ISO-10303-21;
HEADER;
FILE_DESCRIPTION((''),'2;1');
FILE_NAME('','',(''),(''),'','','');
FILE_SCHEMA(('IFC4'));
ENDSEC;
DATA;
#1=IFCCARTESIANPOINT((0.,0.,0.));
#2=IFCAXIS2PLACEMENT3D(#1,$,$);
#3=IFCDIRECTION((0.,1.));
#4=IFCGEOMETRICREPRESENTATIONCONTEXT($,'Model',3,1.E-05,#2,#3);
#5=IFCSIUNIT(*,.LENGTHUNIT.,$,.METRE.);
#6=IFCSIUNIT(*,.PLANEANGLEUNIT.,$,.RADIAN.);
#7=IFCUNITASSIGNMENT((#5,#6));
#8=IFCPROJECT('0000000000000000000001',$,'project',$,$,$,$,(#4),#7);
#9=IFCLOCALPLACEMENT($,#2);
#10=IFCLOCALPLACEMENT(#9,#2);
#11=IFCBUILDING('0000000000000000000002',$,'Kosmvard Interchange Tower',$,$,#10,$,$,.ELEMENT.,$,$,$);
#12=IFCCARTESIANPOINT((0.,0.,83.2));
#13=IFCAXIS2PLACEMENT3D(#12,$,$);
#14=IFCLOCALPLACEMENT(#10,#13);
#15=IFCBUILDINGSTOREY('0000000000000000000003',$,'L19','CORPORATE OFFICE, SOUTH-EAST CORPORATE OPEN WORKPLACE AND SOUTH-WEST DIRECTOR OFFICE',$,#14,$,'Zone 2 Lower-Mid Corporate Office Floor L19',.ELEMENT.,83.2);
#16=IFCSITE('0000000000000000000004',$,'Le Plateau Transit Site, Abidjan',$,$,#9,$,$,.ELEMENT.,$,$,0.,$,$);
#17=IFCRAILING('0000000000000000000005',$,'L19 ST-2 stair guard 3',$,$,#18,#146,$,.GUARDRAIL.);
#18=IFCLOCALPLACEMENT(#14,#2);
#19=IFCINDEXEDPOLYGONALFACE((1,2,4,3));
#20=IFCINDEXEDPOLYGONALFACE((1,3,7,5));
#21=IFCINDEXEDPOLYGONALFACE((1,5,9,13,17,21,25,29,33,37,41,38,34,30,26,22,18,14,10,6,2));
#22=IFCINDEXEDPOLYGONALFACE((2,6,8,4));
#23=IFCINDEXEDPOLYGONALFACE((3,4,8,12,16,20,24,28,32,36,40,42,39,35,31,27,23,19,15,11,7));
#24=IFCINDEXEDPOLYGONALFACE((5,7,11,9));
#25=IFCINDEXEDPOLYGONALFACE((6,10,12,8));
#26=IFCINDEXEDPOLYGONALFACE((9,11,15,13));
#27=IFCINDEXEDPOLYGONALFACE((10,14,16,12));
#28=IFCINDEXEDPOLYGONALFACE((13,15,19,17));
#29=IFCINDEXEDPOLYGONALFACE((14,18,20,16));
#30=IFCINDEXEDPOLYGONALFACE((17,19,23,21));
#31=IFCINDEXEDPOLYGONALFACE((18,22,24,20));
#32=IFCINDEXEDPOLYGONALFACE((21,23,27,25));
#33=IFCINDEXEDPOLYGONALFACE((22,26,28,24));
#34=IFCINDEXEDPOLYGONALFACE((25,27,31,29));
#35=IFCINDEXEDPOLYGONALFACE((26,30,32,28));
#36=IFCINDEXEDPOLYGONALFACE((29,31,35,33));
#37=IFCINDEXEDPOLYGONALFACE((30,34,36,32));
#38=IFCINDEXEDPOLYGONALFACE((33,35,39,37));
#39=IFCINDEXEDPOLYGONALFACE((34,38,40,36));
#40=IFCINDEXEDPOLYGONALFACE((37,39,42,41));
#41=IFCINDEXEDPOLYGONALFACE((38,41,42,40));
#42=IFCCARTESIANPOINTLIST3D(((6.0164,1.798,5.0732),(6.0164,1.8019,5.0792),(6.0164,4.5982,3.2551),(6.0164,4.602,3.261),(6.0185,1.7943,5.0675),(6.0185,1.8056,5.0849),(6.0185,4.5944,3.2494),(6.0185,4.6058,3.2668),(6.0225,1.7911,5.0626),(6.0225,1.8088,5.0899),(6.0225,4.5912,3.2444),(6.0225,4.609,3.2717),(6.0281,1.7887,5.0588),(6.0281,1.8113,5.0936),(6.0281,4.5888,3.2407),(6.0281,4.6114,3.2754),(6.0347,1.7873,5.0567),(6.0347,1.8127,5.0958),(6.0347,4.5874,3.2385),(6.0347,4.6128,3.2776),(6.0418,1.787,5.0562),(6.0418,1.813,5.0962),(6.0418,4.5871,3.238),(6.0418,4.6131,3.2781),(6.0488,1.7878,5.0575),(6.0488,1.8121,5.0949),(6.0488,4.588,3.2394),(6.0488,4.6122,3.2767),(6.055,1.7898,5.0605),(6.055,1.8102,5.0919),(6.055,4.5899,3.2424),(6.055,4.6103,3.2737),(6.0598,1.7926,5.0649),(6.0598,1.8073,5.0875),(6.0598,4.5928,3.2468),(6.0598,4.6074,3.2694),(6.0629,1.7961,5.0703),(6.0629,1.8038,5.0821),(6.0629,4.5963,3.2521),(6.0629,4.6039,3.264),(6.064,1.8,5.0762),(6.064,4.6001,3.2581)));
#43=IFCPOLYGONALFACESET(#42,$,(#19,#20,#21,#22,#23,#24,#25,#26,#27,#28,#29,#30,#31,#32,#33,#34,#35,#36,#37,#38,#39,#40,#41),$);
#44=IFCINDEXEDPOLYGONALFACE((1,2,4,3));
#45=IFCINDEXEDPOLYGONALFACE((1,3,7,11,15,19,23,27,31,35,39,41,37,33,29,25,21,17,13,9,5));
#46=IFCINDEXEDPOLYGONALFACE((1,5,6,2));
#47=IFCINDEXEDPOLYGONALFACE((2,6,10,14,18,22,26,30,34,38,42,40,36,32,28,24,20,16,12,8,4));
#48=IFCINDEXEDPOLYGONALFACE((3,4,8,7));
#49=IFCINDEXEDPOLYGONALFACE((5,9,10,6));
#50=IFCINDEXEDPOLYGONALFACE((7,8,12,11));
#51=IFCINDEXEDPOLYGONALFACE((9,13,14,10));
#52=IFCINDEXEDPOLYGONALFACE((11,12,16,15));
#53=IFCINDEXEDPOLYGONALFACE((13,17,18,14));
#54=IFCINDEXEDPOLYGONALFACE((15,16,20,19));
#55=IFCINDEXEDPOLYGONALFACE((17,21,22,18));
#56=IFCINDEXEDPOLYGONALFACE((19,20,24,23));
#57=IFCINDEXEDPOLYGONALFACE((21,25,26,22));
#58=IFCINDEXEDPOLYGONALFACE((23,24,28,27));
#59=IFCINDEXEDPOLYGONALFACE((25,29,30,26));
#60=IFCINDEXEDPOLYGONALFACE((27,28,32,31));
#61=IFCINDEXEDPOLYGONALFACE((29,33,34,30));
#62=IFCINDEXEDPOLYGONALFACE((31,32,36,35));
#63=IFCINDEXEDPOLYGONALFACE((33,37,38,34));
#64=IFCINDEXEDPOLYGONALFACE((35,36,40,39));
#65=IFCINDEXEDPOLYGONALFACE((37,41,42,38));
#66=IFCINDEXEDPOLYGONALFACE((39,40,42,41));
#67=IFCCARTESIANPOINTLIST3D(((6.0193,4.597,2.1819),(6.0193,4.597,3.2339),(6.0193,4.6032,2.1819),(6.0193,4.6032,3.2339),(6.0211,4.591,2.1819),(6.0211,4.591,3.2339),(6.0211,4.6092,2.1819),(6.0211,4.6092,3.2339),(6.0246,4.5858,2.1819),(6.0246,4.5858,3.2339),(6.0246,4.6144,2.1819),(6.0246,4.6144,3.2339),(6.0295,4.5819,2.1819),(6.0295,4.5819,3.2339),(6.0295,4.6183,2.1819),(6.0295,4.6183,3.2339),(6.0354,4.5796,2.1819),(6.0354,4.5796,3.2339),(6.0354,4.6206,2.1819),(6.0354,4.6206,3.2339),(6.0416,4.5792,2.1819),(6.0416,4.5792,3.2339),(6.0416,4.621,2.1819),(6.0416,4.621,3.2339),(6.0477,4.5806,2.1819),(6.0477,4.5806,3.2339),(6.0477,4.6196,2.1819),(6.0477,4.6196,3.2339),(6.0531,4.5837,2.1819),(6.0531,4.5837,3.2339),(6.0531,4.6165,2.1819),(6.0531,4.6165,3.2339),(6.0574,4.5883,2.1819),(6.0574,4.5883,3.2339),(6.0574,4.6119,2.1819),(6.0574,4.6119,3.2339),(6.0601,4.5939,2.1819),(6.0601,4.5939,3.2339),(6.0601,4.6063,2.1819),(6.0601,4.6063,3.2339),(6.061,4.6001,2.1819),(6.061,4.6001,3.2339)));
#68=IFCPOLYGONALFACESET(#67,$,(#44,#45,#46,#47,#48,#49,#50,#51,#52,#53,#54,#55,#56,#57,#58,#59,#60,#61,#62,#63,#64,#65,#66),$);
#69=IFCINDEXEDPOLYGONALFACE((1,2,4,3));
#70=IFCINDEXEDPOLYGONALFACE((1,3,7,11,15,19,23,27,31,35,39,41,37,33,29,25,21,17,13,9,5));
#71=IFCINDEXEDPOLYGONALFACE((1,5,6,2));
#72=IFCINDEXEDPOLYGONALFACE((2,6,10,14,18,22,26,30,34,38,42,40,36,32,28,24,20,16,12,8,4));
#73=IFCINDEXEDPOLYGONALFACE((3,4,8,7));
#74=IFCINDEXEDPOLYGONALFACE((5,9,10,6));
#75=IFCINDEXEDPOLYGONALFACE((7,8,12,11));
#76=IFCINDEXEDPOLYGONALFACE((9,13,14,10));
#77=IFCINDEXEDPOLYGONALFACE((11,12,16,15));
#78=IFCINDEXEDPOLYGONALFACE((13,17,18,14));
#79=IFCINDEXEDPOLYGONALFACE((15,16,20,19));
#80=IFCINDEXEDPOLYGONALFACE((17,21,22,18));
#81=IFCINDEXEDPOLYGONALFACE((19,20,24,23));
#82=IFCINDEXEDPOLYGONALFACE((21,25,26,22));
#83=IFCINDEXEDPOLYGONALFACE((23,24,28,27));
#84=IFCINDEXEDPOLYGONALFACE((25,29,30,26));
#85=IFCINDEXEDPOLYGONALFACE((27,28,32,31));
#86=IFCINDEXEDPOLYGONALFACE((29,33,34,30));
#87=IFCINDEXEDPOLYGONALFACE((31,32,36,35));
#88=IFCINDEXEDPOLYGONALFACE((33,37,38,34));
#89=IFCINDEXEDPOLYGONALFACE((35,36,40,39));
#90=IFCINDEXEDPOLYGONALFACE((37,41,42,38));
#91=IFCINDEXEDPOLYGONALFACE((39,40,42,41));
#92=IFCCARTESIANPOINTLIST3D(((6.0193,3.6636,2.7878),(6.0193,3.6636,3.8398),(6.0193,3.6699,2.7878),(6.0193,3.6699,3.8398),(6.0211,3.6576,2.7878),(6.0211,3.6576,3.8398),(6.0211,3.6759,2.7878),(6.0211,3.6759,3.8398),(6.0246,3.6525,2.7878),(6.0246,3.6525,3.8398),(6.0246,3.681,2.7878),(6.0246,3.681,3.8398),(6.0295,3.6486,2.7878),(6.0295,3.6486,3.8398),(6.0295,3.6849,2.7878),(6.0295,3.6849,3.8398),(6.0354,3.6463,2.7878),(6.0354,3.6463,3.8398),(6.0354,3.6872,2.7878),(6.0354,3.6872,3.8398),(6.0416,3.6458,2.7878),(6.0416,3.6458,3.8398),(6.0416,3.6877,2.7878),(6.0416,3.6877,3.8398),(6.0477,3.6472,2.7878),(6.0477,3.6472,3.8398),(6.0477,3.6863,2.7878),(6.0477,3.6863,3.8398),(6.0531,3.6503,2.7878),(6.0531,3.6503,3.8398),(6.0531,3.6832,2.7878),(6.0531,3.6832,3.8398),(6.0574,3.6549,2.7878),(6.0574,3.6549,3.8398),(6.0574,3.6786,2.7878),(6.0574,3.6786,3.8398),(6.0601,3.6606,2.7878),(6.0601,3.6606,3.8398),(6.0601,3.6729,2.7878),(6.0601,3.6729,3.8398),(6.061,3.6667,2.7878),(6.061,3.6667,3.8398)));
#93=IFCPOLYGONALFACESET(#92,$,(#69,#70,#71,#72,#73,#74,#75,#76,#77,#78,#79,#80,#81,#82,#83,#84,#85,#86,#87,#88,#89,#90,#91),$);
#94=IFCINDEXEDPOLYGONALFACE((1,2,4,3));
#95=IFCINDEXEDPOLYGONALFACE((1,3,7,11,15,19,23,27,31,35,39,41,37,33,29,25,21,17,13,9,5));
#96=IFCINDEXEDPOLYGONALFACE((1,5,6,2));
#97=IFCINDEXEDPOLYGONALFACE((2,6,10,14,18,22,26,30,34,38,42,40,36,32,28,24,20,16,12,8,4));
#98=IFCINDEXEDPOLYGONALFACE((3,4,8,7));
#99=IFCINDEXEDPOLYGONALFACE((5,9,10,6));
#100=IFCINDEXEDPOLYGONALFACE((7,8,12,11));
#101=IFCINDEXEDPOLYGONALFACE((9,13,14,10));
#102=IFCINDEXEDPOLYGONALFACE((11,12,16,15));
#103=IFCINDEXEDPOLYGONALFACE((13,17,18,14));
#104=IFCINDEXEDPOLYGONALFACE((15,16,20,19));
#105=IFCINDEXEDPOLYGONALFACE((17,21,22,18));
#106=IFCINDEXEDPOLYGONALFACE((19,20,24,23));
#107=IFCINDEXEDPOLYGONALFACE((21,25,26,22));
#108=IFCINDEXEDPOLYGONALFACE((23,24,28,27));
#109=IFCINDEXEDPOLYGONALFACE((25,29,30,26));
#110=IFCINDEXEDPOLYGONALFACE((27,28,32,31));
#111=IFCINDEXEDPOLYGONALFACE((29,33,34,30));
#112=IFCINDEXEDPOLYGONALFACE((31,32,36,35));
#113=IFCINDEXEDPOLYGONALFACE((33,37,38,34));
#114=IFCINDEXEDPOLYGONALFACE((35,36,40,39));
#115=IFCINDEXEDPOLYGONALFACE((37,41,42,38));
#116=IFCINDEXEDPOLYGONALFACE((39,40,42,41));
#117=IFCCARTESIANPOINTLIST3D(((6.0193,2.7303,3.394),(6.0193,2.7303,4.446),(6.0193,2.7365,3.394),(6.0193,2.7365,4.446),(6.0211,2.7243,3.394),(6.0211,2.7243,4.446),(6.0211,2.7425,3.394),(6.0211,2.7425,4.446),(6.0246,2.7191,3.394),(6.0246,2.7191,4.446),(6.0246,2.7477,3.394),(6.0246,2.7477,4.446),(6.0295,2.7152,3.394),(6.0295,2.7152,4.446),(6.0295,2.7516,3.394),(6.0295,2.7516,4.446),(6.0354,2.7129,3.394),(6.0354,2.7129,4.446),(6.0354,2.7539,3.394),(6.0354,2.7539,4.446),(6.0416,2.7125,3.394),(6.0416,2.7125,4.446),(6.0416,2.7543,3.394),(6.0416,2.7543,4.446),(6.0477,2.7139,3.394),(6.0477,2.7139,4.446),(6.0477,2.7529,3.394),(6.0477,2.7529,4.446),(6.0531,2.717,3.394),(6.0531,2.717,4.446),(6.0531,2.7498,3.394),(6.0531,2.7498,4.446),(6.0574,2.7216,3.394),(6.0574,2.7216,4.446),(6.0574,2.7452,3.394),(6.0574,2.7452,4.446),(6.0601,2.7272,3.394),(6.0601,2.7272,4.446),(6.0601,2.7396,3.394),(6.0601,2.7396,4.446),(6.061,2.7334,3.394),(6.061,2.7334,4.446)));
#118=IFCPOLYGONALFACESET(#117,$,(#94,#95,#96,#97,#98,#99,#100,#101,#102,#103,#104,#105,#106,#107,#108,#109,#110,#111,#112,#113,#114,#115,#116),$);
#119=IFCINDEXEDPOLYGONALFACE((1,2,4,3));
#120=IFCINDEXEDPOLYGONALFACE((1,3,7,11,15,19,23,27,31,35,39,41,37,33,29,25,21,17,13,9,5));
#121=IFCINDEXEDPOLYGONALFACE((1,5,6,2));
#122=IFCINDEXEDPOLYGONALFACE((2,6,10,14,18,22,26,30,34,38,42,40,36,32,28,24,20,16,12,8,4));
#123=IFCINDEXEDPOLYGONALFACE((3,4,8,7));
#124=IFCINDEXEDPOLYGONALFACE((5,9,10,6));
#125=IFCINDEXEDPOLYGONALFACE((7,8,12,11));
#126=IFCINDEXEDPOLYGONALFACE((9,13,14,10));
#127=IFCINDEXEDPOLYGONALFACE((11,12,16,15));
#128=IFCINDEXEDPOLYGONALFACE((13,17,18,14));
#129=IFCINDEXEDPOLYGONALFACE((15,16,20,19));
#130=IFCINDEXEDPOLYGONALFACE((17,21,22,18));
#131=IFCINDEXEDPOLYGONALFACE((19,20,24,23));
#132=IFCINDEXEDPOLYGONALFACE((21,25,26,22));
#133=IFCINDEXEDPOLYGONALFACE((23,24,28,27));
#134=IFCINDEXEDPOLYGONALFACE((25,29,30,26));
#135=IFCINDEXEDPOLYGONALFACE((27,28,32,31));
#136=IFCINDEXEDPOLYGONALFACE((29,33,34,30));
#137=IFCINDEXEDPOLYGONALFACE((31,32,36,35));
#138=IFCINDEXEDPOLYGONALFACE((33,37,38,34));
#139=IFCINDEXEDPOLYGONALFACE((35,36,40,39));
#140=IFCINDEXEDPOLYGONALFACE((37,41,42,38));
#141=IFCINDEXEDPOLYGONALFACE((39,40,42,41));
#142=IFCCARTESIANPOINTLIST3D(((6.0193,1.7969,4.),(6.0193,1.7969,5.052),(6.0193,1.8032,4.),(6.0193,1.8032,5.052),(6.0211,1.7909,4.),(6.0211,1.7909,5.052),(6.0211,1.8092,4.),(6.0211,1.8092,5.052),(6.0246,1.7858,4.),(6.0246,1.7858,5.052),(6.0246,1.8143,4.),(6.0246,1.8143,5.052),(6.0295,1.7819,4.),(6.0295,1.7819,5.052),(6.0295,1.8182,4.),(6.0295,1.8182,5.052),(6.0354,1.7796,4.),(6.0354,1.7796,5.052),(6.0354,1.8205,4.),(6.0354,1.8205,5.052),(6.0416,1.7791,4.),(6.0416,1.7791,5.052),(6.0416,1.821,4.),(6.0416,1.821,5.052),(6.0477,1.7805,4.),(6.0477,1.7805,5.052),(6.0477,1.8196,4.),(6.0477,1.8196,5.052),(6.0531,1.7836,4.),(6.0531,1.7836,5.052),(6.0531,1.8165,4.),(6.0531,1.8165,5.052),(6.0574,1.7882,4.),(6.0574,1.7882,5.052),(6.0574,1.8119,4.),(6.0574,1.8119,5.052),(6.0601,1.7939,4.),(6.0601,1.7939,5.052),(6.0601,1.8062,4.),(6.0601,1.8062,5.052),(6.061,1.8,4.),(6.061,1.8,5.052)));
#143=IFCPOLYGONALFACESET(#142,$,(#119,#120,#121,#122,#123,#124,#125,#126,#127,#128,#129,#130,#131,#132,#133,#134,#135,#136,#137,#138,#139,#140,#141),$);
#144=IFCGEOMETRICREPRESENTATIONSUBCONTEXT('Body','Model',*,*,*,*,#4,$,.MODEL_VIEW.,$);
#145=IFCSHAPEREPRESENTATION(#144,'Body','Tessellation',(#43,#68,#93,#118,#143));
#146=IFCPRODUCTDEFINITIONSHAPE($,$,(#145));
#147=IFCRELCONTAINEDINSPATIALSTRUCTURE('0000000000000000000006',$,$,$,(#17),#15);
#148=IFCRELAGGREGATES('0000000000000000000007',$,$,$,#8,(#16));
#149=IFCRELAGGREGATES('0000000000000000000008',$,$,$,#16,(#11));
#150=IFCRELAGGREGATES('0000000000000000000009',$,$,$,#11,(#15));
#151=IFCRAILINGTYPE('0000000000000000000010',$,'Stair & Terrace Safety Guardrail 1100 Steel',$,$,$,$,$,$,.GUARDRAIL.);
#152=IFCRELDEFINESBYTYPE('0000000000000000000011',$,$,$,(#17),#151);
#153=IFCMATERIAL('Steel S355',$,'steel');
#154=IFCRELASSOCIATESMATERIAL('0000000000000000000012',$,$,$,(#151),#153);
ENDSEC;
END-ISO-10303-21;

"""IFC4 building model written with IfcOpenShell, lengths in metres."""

from ifc_helpers import new_model, si_unit, direction, frame, origin, origin_2d, place, context, subcontext, project, spatial, circle, extrude, source, transform, mapped, material, type_object, element, save


model = new_model("IFC4")

# Units and contexts
model_context = context("Model", 3, precision=1e-05, world=origin(), true_north=direction((0.0, 1.0)))
body_context = subcontext(model_context, "Body", "Model", "MODEL_VIEW")
ifc_project = project(units=[si_unit("LENGTHUNIT", "METRE"), si_unit("PLANEANGLEUNIT", "RADIAN")], contexts=[model_context])

# Site, building, storey
site_placement = place(None, origin())
site = spatial("IfcSite", under=ifc_project, at=site_placement, Name="Le Plateau Transit Site, Abidjan", CompositionType="ELEMENT", RefElevation=0.0)
building_placement = place(site_placement, origin())
building = spatial("IfcBuilding", under=site, at=building_placement, Name="Kosmvard Interchange Tower", CompositionType="ELEMENT")
storey_placement = place(building_placement, frame((0.0, 0.0, 83.2)))
storey = spatial("IfcBuildingStorey", under=building, at=storey_placement, Name="L19", Description="CORPORATE OFFICE, SOUTH-EAST CORPORATE OPEN WORKPLACE AND SOUTH-WEST DIRECTOR OFFICE", LongName="Zone 2 Lower-Mid Corporate Office Floor L19", CompositionType="ELEMENT", Elevation=83.2)

# Shared definitions
ifc_material_1 = material(Name="Steel S355", Category="steel")

# Railing
railing_type_1 = type_object("IfcRailingType", Name="Stair & Terrace Safety Guardrail 1100 Steel", PredefinedType="GUARDRAIL", material=ifc_material_1)
shared_shape_1 = source(origin(), body_context, "Body", "SweptSolid", [
    extrude(circle(Radius=0.0239, at=origin_2d()), frame((0.0, 0.0, 1.0762), z_axis=(0.0, -0.838706, 0.544585), x_axis=(1.0, 0.0, 0.0)), (0.0, 0.0, 1.0), 3.3386),
    extrude(circle(Radius=0.021, at=origin_2d()), origin(), (0.0, 0.0, 1.0), 1.052),
    extrude(circle(Radius=0.021, at=origin_2d()), frame((0.0, -0.9333, 0.606)), (0.0, 0.0, 1.0), 1.052),
    extrude(circle(Radius=0.021, at=origin_2d()), frame((0.0, -1.8667, 1.2122)), (0.0, 0.0, 1.0), 1.052),
    extrude(circle(Radius=0.021, at=origin_2d()), frame((0.0, -2.8, 1.8181)), (0.0, 0.0, 1.0), 1.052),
])
railing_1_placement = place(storey_placement, frame((6.04, 4.6001, 2.1819)))
element("IfcRailing", 1, at=railing_1_placement, inside=storey, type_object=railing_type_1, Name="L19 ST-2 stair guard 3", PredefinedType="GUARDRAIL", context=body_context, shape_type="MappedRepresentation", body=[
    mapped(shared_shape_1, transform((0.0, 0.0, 0.0), scale=1.0)),
])

save(model, "model.ifc")
